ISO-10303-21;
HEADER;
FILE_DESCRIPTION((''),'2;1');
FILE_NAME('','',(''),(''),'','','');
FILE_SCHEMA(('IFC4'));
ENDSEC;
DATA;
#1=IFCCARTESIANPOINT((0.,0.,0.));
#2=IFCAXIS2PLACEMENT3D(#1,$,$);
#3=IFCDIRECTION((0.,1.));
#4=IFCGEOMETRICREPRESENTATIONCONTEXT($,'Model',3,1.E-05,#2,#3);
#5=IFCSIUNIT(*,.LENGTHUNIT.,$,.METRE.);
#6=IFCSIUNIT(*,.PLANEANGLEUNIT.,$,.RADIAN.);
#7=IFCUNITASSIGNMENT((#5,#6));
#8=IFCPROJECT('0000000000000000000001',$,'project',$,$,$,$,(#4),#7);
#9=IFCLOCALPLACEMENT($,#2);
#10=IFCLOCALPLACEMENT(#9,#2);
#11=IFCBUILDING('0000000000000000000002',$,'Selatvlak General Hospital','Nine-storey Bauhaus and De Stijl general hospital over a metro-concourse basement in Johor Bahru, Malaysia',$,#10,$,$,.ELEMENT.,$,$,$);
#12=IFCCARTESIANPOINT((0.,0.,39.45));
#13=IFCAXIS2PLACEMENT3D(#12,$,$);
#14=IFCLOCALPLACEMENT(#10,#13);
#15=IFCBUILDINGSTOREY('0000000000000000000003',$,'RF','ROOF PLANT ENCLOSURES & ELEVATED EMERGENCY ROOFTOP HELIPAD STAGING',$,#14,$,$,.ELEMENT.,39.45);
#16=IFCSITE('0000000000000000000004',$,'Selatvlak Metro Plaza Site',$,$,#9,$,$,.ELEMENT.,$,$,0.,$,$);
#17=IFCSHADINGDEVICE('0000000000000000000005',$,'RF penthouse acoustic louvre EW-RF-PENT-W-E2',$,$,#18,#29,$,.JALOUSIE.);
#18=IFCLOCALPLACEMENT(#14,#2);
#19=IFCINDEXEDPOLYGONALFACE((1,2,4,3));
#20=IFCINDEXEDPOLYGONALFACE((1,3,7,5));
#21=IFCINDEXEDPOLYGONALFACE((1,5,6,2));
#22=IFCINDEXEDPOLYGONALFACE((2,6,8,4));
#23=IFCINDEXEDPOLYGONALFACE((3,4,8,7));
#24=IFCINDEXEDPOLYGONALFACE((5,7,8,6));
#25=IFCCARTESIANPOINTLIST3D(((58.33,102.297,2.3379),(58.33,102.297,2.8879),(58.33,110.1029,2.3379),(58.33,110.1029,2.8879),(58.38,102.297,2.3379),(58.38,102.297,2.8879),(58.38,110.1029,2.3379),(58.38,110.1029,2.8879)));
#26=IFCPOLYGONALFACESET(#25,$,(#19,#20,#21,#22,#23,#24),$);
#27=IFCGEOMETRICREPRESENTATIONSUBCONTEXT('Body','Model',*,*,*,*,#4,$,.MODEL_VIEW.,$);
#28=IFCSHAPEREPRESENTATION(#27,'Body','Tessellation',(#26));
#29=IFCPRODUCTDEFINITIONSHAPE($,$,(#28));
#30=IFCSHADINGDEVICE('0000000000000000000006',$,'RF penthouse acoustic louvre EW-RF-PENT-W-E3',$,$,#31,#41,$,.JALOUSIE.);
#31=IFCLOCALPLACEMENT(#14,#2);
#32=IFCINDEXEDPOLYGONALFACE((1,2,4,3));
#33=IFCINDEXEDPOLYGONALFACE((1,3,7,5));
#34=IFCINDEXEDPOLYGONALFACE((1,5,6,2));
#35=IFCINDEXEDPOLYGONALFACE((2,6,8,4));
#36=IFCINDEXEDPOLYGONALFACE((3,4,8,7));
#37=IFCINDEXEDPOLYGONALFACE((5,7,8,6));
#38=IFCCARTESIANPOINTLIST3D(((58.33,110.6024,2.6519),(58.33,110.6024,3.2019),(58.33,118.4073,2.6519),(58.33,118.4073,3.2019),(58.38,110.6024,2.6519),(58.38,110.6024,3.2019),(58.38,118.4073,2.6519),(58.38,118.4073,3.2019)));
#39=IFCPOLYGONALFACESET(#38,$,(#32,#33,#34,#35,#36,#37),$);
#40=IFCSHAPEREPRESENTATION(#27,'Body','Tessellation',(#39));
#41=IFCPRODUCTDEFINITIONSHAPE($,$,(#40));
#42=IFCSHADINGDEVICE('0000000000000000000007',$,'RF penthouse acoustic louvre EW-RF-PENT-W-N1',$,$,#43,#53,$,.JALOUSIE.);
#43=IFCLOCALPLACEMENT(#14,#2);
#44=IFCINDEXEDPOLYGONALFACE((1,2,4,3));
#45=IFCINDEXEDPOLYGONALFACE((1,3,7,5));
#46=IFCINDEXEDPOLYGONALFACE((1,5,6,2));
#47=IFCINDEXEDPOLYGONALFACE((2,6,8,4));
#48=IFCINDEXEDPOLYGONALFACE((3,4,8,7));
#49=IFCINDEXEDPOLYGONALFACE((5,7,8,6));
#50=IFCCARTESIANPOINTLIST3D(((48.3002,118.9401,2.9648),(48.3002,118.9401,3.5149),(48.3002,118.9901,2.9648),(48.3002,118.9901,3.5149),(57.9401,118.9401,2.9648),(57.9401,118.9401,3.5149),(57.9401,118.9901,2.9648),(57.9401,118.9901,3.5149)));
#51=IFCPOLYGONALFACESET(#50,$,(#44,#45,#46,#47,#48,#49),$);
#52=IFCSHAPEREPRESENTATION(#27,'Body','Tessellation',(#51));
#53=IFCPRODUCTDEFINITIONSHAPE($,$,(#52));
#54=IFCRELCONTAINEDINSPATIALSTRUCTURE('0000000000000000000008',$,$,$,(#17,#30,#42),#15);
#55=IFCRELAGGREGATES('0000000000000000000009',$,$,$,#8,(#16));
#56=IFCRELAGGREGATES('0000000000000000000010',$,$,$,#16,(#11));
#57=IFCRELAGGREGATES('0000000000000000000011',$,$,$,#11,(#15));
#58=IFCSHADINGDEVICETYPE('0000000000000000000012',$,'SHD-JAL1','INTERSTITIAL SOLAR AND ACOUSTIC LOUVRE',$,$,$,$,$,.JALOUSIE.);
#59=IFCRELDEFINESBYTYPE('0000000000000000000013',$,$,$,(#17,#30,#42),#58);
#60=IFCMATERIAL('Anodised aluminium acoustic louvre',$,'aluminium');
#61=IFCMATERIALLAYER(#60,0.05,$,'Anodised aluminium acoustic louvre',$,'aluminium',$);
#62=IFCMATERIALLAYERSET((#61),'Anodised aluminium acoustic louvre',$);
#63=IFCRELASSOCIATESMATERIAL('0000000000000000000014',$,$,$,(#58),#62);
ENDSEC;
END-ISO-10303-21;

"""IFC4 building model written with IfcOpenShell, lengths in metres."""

from ifc_helpers import new_model, si_unit, direction, frame, origin, origin_2d, place, context, subcontext, project, spatial, rectangle, extrude, material, layer, layer_set, type_object, element, save


model = new_model("IFC4")

# Units and contexts
model_context = context("Model", 3, precision=1e-05, world=origin(), true_north=direction((0.0, 1.0)))
body_context = subcontext(model_context, "Body", "Model", "MODEL_VIEW")
ifc_project = project(units=[si_unit("LENGTHUNIT", "METRE"), si_unit("PLANEANGLEUNIT", "RADIAN")], contexts=[model_context])

# Site, building, storey
site_placement = place(None, origin())
site = spatial("IfcSite", under=ifc_project, at=site_placement, Name="Selatvlak Metro Plaza Site", CompositionType="ELEMENT", RefElevation=0.0)
building_placement = place(site_placement, origin())
building = spatial("IfcBuilding", under=site, at=building_placement, Name="Selatvlak General Hospital", Description="Nine-storey Bauhaus and De Stijl general hospital over a metro-concourse basement in Johor Bahru, Malaysia", CompositionType="ELEMENT")
storey_placement = place(building_placement, frame((0.0, 0.0, 39.45)))
storey = spatial("IfcBuildingStorey", under=building, at=storey_placement, Name="RF", Description="ROOF PLANT ENCLOSURES & ELEVATED EMERGENCY ROOFTOP HELIPAD STAGING", CompositionType="ELEMENT", Elevation=39.45)

# Shading devices
ifc_material_1 = material(Name="Anodised aluminium acoustic louvre", Category="aluminium")
ifc_layer_1 = layer(ifc_material_1, 0.05, Name="Anodised aluminium acoustic louvre", Category="aluminium")
ifc_layer_set_1 = layer_set([ifc_layer_1], Name="Anodised aluminium acoustic louvre")
shading_device_type = type_object("IfcShadingDeviceType", Name="SHD-JAL1", Description="INTERSTITIAL SOLAR AND ACOUSTIC LOUVRE", PredefinedType="JALOUSIE", material=ifc_layer_set_1)
shading_device_1_placement = place(storey_placement, frame((58.355, 106.2, 2.3379), z_axis=(0.0, 0.0, 1.0), x_axis=(0.0, 1.0, 0.0)))
element("IfcShadingDevice", 1, at=shading_device_1_placement, inside=storey, type_object=shading_device_type, Name="RF penthouse acoustic louvre EW-RF-PENT-W-E2", PredefinedType="JALOUSIE", context=body_context, shape_type="SweptSolid", body=[
    extrude(rectangle(XDim=7.8059, YDim=0.05, at=origin_2d()), origin(), (0.0, 0.0, 1.0), 0.55),
])
shading_device_2_placement = place(storey_placement, frame((58.355, 114.5049, 2.6519), z_axis=(0.0, 0.0, 1.0), x_axis=(0.0, 1.0, 0.0)))
element("IfcShadingDevice", 2, at=shading_device_2_placement, inside=storey, type_object=shading_device_type, Name="RF penthouse acoustic louvre EW-RF-PENT-W-E3", PredefinedType="JALOUSIE", context=body_context, shape_type="SweptSolid", body=[
    extrude(rectangle(XDim=7.8049, YDim=0.05, at=origin_2d()), origin(), (0.0, 0.0, 1.0), 0.55),
])
shading_device_3_placement = place(storey_placement, frame((53.1201, 118.9651, 2.9648), z_axis=(0.0, 0.0, 1.0), x_axis=(-1.0, 0.0, 0.0)))
element("IfcShadingDevice", 3, at=shading_device_3_placement, inside=storey, type_object=shading_device_type, Name="RF penthouse acoustic louvre EW-RF-PENT-W-N1", PredefinedType="JALOUSIE", context=body_context, shape_type="SweptSolid", body=[
    extrude(rectangle(XDim=9.6399, YDim=0.05, at=origin_2d()), origin(), (0.0, 0.0, 1.0), 0.55),
])

save(model, "model.ifc")
